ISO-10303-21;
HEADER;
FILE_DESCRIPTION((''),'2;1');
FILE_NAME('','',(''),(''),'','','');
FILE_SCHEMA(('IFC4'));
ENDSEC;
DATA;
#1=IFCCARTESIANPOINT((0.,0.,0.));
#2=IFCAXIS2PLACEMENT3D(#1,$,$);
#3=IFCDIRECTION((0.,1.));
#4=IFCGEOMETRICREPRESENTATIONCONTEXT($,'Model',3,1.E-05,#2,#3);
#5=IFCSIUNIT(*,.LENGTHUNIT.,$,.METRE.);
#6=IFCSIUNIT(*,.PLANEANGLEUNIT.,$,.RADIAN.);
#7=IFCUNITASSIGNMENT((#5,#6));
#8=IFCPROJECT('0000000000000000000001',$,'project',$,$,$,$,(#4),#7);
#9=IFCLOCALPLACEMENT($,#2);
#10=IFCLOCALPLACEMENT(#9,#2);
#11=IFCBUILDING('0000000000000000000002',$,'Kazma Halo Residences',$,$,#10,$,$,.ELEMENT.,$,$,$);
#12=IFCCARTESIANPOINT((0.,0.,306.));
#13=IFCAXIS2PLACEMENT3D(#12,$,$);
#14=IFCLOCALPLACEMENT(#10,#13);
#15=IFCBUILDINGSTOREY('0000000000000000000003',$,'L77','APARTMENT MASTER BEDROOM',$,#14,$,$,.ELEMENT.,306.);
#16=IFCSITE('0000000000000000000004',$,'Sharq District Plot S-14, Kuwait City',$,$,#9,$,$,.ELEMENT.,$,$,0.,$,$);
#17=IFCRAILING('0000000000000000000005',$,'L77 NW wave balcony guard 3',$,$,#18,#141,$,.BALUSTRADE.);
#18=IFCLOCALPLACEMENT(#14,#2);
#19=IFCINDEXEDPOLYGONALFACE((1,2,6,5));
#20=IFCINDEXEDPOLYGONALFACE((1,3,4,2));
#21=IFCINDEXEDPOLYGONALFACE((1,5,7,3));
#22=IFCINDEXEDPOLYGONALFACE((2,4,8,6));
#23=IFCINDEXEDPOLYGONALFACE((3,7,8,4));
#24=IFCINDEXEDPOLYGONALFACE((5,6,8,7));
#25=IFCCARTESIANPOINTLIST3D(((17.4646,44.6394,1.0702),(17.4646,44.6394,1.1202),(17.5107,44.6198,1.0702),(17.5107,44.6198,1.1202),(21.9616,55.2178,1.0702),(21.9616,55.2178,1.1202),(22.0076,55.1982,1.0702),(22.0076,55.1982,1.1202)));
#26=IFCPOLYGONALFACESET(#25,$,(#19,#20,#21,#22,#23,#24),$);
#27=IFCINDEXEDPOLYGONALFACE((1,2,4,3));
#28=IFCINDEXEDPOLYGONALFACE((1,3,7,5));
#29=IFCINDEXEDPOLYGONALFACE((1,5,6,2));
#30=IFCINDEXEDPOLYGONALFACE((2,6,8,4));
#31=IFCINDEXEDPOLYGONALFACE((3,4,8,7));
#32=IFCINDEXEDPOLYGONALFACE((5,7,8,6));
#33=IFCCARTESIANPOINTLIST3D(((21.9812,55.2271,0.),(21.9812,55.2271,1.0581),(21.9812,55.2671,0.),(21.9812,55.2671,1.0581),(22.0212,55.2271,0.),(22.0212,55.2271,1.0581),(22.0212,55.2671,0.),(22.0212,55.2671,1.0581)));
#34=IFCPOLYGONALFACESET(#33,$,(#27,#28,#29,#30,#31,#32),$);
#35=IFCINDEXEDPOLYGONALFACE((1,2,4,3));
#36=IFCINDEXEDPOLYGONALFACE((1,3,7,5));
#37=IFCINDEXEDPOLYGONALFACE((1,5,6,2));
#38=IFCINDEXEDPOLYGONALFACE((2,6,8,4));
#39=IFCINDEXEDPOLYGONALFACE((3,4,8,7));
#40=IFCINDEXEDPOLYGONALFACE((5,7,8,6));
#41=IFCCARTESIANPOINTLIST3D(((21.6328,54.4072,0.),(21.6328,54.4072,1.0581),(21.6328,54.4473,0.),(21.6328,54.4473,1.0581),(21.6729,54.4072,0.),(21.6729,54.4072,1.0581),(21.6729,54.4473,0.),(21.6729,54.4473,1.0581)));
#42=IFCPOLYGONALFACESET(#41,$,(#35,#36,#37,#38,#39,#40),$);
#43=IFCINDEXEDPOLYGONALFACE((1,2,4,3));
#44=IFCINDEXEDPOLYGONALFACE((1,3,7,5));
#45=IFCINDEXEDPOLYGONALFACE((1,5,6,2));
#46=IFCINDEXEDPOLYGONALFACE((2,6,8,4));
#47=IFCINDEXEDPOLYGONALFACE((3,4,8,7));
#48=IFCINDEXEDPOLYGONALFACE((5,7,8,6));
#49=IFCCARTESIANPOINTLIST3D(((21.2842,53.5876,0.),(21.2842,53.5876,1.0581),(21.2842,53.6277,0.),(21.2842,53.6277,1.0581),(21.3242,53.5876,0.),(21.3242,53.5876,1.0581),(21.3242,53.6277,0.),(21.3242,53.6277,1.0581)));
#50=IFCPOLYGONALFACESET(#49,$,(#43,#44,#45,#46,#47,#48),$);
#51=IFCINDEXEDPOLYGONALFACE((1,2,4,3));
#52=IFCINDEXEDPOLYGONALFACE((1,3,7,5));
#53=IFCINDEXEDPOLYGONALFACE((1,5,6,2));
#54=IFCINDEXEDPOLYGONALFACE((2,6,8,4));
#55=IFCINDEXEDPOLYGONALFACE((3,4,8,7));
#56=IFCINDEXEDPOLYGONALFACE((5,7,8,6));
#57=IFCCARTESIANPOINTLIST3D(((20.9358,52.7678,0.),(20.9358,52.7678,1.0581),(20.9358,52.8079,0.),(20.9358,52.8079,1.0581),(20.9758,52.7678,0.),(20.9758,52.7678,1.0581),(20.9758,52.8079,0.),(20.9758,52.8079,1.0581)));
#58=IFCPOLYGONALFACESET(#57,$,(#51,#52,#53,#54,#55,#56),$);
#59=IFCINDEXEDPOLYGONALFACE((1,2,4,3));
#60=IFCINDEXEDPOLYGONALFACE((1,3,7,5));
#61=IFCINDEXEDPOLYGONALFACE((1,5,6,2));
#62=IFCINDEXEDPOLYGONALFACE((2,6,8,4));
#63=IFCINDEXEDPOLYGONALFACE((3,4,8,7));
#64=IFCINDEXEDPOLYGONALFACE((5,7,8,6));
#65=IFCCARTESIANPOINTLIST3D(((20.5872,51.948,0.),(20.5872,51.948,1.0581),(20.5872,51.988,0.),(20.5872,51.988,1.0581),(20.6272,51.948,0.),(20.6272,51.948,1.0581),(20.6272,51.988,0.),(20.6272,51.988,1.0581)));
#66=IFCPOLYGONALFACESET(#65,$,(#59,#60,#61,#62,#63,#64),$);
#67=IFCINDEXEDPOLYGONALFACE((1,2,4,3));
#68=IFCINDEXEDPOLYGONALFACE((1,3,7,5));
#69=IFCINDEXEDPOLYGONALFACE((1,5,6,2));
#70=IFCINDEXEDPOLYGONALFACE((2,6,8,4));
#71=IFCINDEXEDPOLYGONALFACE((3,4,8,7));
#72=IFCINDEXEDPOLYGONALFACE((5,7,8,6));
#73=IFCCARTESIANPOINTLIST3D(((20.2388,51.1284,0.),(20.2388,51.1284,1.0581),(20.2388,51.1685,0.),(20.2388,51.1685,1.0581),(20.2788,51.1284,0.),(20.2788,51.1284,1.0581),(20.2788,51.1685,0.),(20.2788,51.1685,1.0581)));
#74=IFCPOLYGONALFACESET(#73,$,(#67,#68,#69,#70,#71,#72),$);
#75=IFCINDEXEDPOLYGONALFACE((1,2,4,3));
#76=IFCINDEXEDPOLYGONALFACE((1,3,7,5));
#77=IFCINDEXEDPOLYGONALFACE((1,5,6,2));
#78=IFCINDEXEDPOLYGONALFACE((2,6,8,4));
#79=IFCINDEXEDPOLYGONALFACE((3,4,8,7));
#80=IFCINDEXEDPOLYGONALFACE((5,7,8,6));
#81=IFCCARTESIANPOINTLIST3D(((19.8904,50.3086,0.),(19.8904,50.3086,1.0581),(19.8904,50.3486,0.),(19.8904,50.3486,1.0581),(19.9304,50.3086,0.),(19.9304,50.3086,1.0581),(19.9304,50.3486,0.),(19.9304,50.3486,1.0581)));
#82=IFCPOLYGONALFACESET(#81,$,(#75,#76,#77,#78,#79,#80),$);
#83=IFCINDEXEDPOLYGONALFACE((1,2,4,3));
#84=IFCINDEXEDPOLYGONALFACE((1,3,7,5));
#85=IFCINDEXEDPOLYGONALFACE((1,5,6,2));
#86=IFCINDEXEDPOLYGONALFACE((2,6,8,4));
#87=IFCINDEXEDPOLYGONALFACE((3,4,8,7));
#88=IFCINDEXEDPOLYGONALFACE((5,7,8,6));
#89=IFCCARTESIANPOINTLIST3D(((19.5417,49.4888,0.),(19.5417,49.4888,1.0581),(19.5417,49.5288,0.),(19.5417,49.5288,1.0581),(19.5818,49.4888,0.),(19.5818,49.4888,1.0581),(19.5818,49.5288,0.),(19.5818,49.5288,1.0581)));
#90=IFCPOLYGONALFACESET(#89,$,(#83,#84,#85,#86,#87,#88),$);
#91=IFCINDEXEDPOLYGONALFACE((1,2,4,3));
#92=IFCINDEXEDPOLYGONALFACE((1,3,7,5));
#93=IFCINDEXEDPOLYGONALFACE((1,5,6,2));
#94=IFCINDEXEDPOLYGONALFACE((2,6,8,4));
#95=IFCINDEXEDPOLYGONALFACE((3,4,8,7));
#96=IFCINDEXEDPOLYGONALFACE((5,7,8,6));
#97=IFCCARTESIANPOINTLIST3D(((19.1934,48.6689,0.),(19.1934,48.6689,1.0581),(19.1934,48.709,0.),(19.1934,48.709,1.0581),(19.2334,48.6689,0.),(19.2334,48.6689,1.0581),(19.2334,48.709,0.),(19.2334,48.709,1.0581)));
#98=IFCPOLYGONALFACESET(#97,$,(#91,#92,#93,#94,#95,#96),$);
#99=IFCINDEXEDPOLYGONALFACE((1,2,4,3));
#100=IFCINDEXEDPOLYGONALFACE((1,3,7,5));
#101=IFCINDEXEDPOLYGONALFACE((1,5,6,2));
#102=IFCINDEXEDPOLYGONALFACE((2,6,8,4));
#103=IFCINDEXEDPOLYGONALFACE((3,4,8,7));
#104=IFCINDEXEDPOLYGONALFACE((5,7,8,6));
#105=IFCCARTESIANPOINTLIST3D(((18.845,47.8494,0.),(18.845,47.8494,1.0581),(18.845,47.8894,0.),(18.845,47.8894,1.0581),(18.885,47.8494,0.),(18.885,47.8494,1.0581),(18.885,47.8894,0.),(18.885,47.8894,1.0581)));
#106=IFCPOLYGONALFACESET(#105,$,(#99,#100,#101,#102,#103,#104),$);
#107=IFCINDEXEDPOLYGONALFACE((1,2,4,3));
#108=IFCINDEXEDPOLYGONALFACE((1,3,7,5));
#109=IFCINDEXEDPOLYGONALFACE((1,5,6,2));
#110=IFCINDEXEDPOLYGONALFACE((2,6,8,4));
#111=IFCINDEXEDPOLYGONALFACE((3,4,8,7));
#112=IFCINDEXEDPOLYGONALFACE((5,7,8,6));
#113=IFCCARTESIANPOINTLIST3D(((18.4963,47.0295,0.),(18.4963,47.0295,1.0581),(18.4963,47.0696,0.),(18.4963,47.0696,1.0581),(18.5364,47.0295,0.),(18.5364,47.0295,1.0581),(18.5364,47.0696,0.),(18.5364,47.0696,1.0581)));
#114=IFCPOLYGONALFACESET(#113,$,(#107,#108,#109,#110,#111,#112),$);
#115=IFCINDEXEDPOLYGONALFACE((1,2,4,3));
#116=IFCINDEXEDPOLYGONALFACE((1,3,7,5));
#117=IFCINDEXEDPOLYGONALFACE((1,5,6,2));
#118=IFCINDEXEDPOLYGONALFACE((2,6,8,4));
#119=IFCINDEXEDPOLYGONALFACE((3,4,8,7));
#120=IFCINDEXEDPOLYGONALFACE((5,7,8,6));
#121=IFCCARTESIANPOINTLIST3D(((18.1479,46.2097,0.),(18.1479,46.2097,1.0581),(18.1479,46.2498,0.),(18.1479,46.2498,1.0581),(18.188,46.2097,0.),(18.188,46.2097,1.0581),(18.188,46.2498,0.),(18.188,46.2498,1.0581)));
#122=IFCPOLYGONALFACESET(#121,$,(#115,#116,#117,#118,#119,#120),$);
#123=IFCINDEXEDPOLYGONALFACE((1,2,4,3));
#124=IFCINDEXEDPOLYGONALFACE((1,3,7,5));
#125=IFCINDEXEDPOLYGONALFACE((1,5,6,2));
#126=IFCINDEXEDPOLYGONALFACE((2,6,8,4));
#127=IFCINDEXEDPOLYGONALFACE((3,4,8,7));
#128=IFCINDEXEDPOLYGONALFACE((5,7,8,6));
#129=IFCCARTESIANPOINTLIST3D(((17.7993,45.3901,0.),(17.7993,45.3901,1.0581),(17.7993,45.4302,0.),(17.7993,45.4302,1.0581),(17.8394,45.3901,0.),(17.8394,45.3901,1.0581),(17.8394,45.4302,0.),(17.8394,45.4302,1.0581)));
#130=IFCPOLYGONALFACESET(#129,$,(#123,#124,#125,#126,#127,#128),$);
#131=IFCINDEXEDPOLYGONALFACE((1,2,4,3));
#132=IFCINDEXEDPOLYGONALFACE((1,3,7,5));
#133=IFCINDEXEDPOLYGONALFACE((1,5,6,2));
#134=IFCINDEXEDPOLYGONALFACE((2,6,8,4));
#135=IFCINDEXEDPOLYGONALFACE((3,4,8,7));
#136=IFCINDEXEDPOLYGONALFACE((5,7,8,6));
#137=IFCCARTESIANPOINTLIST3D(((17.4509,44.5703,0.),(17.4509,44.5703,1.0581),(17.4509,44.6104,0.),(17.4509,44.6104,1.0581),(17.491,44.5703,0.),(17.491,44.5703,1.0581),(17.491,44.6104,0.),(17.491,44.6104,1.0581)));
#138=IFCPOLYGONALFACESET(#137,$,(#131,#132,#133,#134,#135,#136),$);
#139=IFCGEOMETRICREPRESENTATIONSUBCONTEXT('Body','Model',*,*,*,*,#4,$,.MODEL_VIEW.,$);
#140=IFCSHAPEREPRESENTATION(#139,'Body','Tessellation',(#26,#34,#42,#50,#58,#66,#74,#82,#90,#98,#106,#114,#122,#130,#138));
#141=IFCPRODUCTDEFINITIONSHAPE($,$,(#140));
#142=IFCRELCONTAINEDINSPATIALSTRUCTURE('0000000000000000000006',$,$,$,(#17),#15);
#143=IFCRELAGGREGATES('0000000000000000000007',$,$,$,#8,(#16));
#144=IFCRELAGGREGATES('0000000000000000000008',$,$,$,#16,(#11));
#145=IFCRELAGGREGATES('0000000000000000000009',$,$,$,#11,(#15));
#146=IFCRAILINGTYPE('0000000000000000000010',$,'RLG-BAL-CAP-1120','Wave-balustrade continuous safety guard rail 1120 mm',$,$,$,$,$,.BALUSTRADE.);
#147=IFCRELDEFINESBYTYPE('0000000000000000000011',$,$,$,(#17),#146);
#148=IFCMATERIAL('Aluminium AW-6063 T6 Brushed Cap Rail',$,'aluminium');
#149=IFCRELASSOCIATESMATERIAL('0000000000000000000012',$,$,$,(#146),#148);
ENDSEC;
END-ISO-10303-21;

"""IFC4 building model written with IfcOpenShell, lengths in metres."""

from ifc_helpers import new_model, si_unit, direction, frame, origin, origin_2d, place, context, subcontext, project, spatial, rectangle, extrude, material, type_object, element, save


model = new_model("IFC4")

# Units and contexts
model_context = context("Model", 3, precision=1e-05, world=origin(), true_north=direction((0.0, 1.0)))
body_context = subcontext(model_context, "Body", "Model", "MODEL_VIEW")
ifc_project = project(units=[si_unit("LENGTHUNIT", "METRE"), si_unit("PLANEANGLEUNIT", "RADIAN")], contexts=[model_context])

# Site, building, storey
site_placement = place(None, origin())
site = spatial("IfcSite", under=ifc_project, at=site_placement, Name="Sharq District Plot S-14, Kuwait City", CompositionType="ELEMENT", RefElevation=0.0)
building_placement = place(site_placement, origin())
building = spatial("IfcBuilding", under=site, at=building_placement, Name="Kazma Halo Residences", CompositionType="ELEMENT")
storey_placement = place(building_placement, frame((0.0, 0.0, 306.0)))
storey = spatial("IfcBuildingStorey", under=building, at=storey_placement, Name="L77", Description="APARTMENT MASTER BEDROOM", CompositionType="ELEMENT", Elevation=306.0)

# Railing
ifc_material_1 = material(Name="Aluminium AW-6063 T6 Brushed Cap Rail", Category="aluminium")
railing_type = type_object("IfcRailingType", Name="RLG-BAL-CAP-1120", Description="Wave-balustrade continuous safety guard rail 1120 mm", PredefinedType="BALUSTRADE", material=ifc_material_1)
railing_1_placement = place(storey_placement, frame((22.0012, 55.2471, 0.0)))
element("IfcRailing", 1, at=railing_1_placement, inside=storey, type_object=railing_type, Name="L77 NW wave balcony guard 3", PredefinedType="BALUSTRADE", context=body_context, shape_type="SweptSolid", body=[
    extrude(rectangle(XDim=0.05, YDim=0.05, at=origin_2d()), frame((-0.0166, -0.0391, 1.0952), z_axis=(-0.391225, -0.920295, 0.0), x_axis=(0.920295, -0.391225, 0.0)), (0.0, 0.0, 1.0), 11.4946),
    extrude(rectangle(XDim=0.04, YDim=0.04, at=origin_2d()), origin(), (0.0, 0.0, 1.0), 1.0581),
    extrude(rectangle(XDim=0.04, YDim=0.04, at=origin_2d()), frame((-0.3484, -0.8198, 0.0)), (0.0, 0.0, 1.0), 1.0581),
    extrude(rectangle(XDim=0.04, YDim=0.04, at=origin_2d()), frame((-0.697, -1.6394, 0.0)), (0.0, 0.0, 1.0), 1.0581),
    extrude(rectangle(XDim=0.04, YDim=0.04, at=origin_2d()), frame((-1.0454, -2.4592, 0.0)), (0.0, 0.0, 1.0), 1.0581),
    extrude(rectangle(XDim=0.04, YDim=0.04, at=origin_2d()), frame((-1.394, -3.2791, 0.0)), (0.0, 0.0, 1.0), 1.0581),
    extrude(rectangle(XDim=0.04, YDim=0.04, at=origin_2d()), frame((-1.7424, -4.0986, 0.0)), (0.0, 0.0, 1.0), 1.0581),
    extrude(rectangle(XDim=0.04, YDim=0.04, at=origin_2d()), frame((-2.0908, -4.9185, 0.0)), (0.0, 0.0, 1.0), 1.0581),
    extrude(rectangle(XDim=0.04, YDim=0.04, at=origin_2d()), frame((-2.4395, -5.7383, 0.0)), (0.0, 0.0, 1.0), 1.0581),
    extrude(rectangle(XDim=0.04, YDim=0.04, at=origin_2d()), frame((-2.7878, -6.5581, 0.0)), (0.0, 0.0, 1.0), 1.0581),
    extrude(rectangle(XDim=0.04, YDim=0.04, at=origin_2d()), frame((-3.1362, -7.3777, 0.0)), (0.0, 0.0, 1.0), 1.0581),
    extrude(rectangle(XDim=0.04, YDim=0.04, at=origin_2d()), frame((-3.4849, -8.1975, 0.0)), (0.0, 0.0, 1.0), 1.0581),
    extrude(rectangle(XDim=0.04, YDim=0.04, at=origin_2d()), frame((-3.8333, -9.0173, 0.0)), (0.0, 0.0, 1.0), 1.0581),
    extrude(rectangle(XDim=0.04, YDim=0.04, at=origin_2d()), frame((-4.1819, -9.8369, 0.0)), (0.0, 0.0, 1.0), 1.0581),
    extrude(rectangle(XDim=0.04, YDim=0.04, at=origin_2d()), frame((-4.5303, -10.6567, 0.0)), (0.0, 0.0, 1.0), 1.0581),
])

save(model, "model.ifc")
